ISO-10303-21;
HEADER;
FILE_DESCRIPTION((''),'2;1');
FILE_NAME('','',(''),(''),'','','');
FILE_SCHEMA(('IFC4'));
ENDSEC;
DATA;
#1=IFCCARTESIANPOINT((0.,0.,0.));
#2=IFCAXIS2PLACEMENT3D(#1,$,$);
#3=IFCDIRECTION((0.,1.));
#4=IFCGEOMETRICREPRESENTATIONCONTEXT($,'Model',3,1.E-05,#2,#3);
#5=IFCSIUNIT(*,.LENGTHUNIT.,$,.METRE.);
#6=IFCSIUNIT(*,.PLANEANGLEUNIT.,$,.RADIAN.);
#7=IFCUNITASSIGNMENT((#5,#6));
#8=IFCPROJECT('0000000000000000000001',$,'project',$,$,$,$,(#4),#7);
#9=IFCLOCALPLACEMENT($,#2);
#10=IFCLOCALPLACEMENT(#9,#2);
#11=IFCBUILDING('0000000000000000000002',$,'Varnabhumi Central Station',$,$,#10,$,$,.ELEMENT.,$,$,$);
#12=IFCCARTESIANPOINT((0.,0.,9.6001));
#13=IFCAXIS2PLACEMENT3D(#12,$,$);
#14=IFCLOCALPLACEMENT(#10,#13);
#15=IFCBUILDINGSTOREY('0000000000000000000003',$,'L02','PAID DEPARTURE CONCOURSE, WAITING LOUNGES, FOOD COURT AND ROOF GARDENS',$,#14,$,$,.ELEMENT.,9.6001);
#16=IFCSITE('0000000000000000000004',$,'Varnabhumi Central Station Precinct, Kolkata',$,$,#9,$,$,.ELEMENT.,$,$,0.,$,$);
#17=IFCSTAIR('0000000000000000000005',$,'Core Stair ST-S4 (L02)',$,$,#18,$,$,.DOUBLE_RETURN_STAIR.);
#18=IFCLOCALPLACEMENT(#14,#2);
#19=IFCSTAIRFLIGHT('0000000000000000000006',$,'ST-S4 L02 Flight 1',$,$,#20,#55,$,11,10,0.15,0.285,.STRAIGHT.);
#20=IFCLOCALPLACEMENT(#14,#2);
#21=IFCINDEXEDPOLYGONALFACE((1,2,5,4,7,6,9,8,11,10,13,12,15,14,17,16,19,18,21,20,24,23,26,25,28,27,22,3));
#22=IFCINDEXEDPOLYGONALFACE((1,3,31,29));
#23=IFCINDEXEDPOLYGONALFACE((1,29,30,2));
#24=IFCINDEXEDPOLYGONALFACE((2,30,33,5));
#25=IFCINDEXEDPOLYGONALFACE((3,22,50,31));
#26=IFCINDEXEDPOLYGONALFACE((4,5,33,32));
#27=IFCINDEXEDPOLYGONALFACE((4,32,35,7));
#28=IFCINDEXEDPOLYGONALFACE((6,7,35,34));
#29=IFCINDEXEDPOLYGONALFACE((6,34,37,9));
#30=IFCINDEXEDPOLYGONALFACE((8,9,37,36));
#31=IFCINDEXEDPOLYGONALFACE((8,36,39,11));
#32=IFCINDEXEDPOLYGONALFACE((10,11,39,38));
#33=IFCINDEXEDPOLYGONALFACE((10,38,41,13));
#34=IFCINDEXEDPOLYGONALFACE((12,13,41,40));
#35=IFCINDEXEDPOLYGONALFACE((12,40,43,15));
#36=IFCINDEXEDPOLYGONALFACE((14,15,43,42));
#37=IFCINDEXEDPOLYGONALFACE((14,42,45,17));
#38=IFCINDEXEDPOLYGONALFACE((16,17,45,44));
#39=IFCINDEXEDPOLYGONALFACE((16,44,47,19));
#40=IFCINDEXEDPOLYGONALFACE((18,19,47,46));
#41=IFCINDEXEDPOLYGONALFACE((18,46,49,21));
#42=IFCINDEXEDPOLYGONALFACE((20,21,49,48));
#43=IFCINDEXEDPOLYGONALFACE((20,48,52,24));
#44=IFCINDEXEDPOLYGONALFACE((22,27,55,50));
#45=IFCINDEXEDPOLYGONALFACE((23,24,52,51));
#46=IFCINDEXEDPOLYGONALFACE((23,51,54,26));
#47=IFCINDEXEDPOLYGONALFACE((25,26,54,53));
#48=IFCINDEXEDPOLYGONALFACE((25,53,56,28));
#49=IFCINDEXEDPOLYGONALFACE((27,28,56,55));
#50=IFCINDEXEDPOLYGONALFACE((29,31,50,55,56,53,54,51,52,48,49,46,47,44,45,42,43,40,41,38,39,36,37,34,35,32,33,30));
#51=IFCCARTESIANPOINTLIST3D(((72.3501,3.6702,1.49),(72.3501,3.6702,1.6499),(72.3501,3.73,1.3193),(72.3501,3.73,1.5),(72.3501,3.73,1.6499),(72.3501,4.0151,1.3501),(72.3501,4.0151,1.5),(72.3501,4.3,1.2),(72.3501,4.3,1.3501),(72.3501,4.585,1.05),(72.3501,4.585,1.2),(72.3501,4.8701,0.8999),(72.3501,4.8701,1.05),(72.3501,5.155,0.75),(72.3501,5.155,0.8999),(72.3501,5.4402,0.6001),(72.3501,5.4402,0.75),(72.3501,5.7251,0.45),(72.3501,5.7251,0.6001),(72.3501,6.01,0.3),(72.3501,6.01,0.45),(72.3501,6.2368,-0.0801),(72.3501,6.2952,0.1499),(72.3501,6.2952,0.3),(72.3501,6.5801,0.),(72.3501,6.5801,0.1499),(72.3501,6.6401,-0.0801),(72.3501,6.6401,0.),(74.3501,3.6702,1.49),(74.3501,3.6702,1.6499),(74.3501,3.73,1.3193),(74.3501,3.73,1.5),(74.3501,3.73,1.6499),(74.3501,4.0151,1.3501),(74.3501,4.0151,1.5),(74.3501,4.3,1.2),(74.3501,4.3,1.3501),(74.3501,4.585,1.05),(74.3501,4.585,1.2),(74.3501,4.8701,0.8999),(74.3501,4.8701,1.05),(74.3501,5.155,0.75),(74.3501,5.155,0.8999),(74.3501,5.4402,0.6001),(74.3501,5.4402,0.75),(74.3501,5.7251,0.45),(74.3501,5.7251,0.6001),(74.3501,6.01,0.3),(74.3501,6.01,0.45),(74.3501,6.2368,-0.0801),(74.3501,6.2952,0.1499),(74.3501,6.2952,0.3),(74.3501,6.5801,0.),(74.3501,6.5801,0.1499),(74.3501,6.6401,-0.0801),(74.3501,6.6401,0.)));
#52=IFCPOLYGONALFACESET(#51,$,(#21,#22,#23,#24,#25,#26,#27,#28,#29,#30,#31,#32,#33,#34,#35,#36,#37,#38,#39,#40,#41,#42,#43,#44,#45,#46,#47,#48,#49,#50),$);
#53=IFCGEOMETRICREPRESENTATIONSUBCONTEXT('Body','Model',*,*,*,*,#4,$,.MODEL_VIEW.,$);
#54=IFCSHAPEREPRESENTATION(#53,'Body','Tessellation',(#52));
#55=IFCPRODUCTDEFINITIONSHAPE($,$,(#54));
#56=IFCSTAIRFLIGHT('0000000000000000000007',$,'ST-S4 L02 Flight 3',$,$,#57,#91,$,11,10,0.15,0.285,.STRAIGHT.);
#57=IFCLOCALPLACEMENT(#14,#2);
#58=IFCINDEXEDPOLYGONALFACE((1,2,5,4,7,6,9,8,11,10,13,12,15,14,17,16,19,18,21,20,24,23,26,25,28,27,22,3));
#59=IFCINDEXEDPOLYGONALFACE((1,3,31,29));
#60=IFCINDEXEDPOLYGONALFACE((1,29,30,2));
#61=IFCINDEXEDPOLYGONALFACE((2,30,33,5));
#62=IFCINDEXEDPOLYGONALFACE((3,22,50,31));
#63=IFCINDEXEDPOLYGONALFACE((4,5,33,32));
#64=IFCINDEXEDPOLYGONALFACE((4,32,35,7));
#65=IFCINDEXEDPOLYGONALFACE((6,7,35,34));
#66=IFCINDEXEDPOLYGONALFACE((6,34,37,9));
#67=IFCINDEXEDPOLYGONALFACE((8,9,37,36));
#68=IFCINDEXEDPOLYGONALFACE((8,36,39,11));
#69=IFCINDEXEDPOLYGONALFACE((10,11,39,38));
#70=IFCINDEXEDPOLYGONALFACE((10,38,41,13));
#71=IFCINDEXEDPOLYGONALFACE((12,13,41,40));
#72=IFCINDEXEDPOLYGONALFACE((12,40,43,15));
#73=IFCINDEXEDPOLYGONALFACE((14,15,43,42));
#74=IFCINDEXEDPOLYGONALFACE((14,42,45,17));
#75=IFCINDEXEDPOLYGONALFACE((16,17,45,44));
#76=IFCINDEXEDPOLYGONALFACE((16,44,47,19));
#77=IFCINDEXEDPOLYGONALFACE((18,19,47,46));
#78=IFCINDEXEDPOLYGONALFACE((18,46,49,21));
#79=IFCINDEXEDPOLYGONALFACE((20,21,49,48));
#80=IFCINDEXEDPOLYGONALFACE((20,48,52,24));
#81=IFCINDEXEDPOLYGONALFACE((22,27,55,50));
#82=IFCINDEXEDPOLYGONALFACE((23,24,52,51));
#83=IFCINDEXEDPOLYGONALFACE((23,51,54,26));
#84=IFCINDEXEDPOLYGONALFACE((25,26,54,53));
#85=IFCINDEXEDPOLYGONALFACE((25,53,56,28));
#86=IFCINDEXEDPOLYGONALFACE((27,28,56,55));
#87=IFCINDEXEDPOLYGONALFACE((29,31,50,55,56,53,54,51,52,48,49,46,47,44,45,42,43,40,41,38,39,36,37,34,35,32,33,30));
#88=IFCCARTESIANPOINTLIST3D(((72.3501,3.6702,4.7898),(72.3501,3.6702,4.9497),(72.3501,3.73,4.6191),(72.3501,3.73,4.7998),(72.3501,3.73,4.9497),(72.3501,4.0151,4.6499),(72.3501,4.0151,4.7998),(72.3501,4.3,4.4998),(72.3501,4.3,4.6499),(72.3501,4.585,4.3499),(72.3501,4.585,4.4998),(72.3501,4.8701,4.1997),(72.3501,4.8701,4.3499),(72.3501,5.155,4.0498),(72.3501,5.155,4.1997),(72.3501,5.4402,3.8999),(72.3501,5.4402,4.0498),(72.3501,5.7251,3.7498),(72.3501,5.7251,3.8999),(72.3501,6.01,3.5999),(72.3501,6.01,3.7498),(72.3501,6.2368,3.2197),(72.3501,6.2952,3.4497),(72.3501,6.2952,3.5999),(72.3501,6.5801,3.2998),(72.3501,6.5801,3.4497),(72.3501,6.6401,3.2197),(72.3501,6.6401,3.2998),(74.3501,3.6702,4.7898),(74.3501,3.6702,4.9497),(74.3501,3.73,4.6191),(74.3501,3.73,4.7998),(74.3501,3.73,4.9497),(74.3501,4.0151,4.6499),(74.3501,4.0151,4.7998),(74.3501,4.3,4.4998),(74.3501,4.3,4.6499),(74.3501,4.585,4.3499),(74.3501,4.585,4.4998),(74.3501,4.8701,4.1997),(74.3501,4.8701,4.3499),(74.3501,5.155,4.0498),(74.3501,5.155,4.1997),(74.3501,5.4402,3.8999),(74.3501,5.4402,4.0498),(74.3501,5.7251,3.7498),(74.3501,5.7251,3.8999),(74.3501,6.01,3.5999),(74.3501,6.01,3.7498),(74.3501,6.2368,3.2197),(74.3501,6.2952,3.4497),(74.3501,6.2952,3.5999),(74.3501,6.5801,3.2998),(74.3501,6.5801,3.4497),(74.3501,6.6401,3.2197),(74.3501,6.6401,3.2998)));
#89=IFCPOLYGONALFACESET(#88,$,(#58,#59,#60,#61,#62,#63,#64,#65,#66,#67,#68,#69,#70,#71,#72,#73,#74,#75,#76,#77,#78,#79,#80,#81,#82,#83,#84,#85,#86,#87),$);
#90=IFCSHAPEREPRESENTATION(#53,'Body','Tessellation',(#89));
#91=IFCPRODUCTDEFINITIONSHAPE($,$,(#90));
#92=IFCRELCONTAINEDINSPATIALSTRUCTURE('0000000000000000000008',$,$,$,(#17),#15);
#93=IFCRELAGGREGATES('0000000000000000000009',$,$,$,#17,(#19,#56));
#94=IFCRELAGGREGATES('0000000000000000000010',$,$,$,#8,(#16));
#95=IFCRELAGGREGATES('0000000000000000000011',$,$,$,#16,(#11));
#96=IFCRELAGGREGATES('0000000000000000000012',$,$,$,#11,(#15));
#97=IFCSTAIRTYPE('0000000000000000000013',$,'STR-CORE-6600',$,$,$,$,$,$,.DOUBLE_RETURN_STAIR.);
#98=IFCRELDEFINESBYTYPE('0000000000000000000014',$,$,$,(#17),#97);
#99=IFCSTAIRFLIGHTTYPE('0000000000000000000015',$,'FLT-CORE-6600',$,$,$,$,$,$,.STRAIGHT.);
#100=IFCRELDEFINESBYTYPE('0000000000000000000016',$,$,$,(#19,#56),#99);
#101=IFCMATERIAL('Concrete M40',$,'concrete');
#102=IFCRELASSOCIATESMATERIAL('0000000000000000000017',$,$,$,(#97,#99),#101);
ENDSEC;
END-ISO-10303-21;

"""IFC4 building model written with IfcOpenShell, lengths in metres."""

from ifc_helpers import new_model, si_unit, direction, frame, origin, place, context, subcontext, project, spatial, polyline, outline, extrude, material, type_object, element, aggregate, save


model = new_model("IFC4")

# Units and contexts
model_context = context("Model", 3, precision=1e-05, world=origin(), true_north=direction((0.0, 1.0)))
body_context = subcontext(model_context, "Body", "Model", "MODEL_VIEW")
ifc_project = project(units=[si_unit("LENGTHUNIT", "METRE"), si_unit("PLANEANGLEUNIT", "RADIAN")], contexts=[model_context])

# Site, building, storey
site_placement = place(None, origin())
site = spatial("IfcSite", under=ifc_project, at=site_placement, Name="Varnabhumi Central Station Precinct, Kolkata", CompositionType="ELEMENT", RefElevation=0.0)
building_placement = place(site_placement, origin())
building = spatial("IfcBuilding", under=site, at=building_placement, Name="Varnabhumi Central Station", CompositionType="ELEMENT")
storey_placement = place(building_placement, frame((0.0, 0.0, 9.6001)))
storey = spatial("IfcBuildingStorey", under=building, at=storey_placement, Name="L02", Description="PAID DEPARTURE CONCOURSE, WAITING LOUNGES, FOOD COURT AND ROOF GARDENS", CompositionType="ELEMENT", Elevation=9.6001)

# Shared definitions
ifc_material_1 = material(Name="Concrete M40", Category="concrete")

# Stair, stair flights
stair_type = type_object("IfcStairType", Name="STR-CORE-6600", PredefinedType="DOUBLE_RETURN_STAIR", material=ifc_material_1)
stair_placement = place(storey_placement, origin())
stair = element("IfcStair", 1, at=stair_placement, inside=storey, type_object=stair_type, Name="Core Stair ST-S4 (L02)", PredefinedType="DOUBLE_RETURN_STAIR")
stair_flight_type = type_object("IfcStairFlightType", Name="FLT-CORE-6600", PredefinedType="STRAIGHT", material=ifc_material_1)
stair_flight_1_placement = place(storey_placement, frame((73.3501, 6.5801, 0.0), z_axis=(0.0, 0.0, 1.0), x_axis=(0.0, -1.0, 0.0)))
stair_flight_1 = element("IfcStairFlight", 2, at=stair_flight_1_placement, type_object=stair_flight_type, Name="ST-S4 L02 Flight 1", NumberOfRisers=11, NumberOfTreads=10, PredefinedType="STRAIGHT", RiserHeight=0.15, TreadLength=0.285, context=body_context, shape_type="SweptSolid", body=[
    extrude(outline(polyline([(-0.0601, -0.0801), (-0.0601, 0.0), (0.0, 0.0), (0.0, 0.1499), (0.2849, 0.1499), (0.2849, 0.3), (0.5701, 0.3), (0.5701, 0.45), (0.855, 0.45), (0.855, 0.6001), (1.1399, 0.6001), (1.1399, 0.75), (1.425, 0.75), (1.425, 0.8999), (1.71, 0.8999), (1.71, 1.05), (1.9951, 1.05), (1.9951, 1.2), (2.28, 1.2), (2.28, 1.3501), (2.5649, 1.3501), (2.5649, 1.5), (2.8501, 1.5), (2.8501, 1.6499), (2.9099, 1.6499), (2.9099, 1.49), (2.8501, 1.3193), (0.3433, -0.0801), (-0.0601, -0.0801)])), frame((0.0, 1.0, 0.0), z_axis=(0.0, -1.0, 0.0), x_axis=(1.0, 0.0, 0.0)), (0.0, 0.0, 1.0), 2.0),
])
stair_flight_2_placement = place(storey_placement, frame((73.3501, 6.5801, 3.2998), z_axis=(0.0, 0.0, 1.0), x_axis=(0.0, -1.0, 0.0)))
stair_flight_2 = element("IfcStairFlight", 3, at=stair_flight_2_placement, type_object=stair_flight_type, Name="ST-S4 L02 Flight 3", NumberOfRisers=11, NumberOfTreads=10, PredefinedType="STRAIGHT", RiserHeight=0.15, TreadLength=0.285, context=body_context, shape_type="SweptSolid", body=[
    extrude(outline(polyline([(-0.0601, -0.0801), (-0.0601, 0.0), (0.0, 0.0), (0.0, 0.1499), (0.2849, 0.1499), (0.2849, 0.3), (0.5701, 0.3), (0.5701, 0.45), (0.855, 0.45), (0.855, 0.6001), (1.1399, 0.6001), (1.1399, 0.75), (1.425, 0.75), (1.425, 0.8999), (1.71, 0.8999), (1.71, 1.05), (1.9951, 1.05), (1.9951, 1.2), (2.28, 1.2), (2.28, 1.3501), (2.5649, 1.3501), (2.5649, 1.5), (2.8501, 1.5), (2.8501, 1.6499), (2.9099, 1.6499), (2.9099, 1.49), (2.8501, 1.3193), (0.3433, -0.0801), (-0.0601, -0.0801)])), frame((0.0, 1.0, 0.0), z_axis=(0.0, -1.0, 0.0), x_axis=(1.0, 0.0, 0.0)), (0.0, 0.0, 1.0), 2.0),
])
aggregate(stair, [stair_flight_1, stair_flight_2])

save(model, "model.ifc")
